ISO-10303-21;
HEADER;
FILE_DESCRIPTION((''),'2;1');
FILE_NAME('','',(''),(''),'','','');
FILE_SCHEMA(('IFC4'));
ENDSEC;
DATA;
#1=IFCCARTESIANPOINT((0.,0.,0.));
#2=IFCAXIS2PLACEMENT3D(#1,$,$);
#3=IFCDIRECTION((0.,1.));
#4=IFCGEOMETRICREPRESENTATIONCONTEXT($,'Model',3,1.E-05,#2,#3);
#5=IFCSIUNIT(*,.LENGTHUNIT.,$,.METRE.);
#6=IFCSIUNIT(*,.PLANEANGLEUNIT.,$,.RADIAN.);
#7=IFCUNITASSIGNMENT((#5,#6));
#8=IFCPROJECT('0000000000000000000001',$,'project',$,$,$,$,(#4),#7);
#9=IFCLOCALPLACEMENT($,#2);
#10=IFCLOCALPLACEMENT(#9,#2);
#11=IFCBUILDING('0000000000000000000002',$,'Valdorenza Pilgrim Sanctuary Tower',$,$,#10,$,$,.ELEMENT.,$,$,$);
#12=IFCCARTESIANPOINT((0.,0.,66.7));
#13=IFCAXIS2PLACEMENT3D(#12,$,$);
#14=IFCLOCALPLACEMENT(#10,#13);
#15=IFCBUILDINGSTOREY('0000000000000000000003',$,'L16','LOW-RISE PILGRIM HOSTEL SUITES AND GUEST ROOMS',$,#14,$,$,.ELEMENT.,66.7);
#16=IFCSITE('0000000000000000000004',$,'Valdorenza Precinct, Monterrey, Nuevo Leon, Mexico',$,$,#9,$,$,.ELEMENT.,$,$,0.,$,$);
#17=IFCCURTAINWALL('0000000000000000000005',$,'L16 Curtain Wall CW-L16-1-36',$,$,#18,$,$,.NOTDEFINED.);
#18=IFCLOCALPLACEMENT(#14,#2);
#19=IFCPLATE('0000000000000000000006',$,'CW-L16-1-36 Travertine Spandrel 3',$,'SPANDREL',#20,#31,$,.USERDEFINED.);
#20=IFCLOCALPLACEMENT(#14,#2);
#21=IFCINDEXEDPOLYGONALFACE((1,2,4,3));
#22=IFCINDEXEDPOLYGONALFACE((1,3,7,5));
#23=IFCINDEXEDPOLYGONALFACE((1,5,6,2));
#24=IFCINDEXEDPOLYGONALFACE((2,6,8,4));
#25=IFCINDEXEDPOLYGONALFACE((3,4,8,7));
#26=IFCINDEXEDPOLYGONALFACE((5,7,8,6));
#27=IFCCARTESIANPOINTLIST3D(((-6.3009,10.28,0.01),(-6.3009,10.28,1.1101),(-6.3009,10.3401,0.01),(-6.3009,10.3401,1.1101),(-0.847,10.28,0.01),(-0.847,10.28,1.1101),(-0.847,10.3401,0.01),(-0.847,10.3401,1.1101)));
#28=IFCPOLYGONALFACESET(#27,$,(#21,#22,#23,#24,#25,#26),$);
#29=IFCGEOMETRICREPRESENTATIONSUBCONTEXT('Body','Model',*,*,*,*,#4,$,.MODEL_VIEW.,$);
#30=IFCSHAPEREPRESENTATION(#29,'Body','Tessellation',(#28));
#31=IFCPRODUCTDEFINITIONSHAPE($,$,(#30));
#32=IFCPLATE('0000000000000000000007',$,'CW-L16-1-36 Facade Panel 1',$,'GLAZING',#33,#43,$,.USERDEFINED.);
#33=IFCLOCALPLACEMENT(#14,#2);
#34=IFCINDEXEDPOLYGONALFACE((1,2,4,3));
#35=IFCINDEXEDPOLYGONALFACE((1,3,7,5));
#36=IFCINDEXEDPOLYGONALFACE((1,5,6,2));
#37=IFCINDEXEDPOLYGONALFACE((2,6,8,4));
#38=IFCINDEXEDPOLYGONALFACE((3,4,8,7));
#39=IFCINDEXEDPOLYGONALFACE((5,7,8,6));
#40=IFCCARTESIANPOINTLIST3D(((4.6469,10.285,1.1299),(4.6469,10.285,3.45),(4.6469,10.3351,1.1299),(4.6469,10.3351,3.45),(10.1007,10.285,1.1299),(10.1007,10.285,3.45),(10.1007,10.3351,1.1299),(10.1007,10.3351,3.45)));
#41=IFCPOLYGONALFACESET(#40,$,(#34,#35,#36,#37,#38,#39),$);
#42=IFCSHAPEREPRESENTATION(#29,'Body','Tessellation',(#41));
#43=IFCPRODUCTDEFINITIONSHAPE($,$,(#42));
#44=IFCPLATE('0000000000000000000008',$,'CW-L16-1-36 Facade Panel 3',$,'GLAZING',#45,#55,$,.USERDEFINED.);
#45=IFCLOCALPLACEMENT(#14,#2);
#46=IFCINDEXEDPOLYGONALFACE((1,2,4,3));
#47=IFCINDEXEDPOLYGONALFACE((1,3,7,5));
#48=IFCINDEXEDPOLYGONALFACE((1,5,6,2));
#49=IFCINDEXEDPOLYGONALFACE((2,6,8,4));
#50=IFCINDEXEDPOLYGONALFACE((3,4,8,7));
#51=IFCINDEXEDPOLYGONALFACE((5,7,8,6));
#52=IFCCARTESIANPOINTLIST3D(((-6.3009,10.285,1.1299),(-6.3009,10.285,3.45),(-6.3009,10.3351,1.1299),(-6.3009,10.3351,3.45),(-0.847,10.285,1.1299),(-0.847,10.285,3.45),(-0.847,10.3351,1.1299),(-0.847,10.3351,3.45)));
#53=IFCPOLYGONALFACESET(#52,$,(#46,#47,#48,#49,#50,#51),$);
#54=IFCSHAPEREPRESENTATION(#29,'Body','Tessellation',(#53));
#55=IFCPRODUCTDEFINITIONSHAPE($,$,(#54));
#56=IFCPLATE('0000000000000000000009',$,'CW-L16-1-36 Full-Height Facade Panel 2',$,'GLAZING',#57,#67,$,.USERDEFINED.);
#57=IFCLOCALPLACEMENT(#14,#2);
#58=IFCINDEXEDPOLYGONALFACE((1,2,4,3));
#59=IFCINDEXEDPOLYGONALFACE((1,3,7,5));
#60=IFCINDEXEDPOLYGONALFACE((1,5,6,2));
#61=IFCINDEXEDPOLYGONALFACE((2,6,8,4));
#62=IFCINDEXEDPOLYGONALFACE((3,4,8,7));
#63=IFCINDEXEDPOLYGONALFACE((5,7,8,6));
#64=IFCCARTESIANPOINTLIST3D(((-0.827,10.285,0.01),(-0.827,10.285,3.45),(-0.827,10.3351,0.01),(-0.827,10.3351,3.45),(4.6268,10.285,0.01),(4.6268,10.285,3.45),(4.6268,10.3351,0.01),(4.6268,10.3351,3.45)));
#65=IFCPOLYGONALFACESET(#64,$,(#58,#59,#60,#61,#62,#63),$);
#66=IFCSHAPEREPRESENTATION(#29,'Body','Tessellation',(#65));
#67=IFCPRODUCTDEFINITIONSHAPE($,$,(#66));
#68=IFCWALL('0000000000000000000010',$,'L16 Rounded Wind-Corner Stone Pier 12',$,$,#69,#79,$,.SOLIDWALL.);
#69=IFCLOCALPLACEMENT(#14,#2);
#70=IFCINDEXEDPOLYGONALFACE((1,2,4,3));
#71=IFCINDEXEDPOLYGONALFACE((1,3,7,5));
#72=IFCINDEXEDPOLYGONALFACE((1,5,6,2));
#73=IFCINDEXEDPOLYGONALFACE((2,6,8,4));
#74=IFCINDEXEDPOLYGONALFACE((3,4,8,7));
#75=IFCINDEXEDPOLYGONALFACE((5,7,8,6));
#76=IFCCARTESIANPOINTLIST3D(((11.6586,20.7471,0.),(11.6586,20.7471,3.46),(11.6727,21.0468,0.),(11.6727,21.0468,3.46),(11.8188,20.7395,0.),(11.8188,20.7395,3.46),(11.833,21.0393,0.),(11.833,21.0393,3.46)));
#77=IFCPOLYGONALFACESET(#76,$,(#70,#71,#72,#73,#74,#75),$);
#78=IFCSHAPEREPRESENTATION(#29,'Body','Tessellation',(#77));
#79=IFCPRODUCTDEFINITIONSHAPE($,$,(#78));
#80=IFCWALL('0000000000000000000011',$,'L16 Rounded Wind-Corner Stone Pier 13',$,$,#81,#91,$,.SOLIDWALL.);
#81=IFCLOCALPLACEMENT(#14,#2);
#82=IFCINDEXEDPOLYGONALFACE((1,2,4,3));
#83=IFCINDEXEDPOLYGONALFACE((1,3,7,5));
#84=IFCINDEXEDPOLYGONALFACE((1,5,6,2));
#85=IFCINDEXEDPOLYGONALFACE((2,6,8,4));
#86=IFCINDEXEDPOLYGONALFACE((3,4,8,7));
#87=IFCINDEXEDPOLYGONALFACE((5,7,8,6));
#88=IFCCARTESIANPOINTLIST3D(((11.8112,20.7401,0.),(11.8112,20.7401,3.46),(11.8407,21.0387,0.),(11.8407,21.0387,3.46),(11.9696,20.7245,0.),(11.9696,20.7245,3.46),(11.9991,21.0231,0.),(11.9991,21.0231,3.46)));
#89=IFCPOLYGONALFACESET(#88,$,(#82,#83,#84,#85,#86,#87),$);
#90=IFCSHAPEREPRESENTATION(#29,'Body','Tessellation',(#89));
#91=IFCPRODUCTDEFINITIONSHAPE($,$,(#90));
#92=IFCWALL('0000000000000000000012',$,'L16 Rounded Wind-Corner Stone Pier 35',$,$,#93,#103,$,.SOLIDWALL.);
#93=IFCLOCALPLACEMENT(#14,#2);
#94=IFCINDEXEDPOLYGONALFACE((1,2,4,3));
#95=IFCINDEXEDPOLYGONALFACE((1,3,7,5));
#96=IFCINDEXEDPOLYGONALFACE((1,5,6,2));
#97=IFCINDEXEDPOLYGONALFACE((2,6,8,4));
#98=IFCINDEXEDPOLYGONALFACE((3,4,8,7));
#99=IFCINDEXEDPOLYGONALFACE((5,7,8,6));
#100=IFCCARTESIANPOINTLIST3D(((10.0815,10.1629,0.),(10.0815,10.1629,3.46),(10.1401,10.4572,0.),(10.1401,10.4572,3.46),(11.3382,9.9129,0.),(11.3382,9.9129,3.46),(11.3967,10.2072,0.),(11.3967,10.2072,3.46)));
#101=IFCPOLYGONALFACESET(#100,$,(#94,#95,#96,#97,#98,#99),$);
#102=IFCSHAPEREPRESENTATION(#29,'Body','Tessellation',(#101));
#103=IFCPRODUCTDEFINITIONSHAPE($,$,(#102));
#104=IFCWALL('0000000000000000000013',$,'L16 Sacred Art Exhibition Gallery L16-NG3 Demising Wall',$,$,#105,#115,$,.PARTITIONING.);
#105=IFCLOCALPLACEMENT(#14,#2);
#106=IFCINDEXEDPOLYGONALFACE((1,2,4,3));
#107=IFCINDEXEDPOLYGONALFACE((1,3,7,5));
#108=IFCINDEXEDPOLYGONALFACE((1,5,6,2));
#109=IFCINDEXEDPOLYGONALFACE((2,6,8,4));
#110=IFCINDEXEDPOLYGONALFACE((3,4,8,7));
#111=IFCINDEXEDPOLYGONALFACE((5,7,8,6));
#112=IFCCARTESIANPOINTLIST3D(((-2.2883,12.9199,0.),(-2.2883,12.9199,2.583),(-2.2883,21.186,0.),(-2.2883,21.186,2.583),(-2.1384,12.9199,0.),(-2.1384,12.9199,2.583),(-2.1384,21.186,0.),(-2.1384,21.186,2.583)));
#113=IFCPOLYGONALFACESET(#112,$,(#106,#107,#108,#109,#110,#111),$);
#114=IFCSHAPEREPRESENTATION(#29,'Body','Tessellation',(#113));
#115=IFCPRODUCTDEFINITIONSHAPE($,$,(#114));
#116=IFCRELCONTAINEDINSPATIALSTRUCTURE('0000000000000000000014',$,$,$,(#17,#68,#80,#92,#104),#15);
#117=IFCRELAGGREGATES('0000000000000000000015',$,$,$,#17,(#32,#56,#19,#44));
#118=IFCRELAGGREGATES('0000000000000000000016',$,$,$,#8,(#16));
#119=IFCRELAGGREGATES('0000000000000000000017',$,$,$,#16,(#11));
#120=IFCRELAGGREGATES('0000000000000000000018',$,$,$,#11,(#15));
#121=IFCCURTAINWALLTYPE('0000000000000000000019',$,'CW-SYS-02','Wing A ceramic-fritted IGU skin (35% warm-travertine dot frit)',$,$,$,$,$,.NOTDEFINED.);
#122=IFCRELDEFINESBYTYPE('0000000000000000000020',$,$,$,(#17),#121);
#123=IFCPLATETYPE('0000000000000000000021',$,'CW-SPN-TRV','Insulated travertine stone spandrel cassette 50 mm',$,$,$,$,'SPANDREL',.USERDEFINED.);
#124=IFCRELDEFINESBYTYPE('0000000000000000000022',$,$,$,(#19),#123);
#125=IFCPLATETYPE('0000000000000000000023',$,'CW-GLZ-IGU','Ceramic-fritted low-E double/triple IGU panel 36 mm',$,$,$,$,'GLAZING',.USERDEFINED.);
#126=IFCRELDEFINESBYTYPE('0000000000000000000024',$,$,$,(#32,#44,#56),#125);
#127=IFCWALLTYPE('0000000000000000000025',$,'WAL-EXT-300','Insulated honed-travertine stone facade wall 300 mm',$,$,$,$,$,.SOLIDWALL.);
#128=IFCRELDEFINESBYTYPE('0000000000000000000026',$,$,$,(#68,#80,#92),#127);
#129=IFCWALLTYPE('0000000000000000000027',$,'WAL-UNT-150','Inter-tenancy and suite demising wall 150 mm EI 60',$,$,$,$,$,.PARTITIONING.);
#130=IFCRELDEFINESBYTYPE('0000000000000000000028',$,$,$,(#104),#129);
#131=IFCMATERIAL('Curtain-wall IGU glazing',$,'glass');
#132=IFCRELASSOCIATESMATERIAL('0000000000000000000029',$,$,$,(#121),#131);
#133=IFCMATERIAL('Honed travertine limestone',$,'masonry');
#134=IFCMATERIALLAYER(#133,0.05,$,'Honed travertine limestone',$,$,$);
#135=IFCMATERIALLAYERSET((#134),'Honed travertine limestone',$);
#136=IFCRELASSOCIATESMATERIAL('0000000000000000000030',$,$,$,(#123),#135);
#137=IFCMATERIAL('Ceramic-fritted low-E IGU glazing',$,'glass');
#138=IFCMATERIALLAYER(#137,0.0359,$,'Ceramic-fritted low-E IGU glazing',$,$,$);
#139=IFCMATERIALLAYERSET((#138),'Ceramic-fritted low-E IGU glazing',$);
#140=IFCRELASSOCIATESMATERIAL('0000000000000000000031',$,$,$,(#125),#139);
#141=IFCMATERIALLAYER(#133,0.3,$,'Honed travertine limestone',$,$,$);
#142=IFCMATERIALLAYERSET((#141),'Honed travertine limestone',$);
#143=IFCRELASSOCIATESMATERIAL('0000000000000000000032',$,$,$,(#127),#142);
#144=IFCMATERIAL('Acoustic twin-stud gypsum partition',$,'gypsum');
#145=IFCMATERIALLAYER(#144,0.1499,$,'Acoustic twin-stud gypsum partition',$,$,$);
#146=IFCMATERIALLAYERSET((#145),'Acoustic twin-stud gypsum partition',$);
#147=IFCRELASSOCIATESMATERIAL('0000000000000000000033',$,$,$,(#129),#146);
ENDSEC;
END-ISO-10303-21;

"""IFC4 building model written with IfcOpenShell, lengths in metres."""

from ifc_helpers import new_model, si_unit, direction, frame, frame_2d, origin, origin_2d, place, context, subcontext, project, spatial, rectangle, extrude, source, transform, mapped, material, layer, layer_set, type_object, element, aggregate, save


model = new_model("IFC4")

# Units and contexts
model_context = context("Model", 3, precision=1e-05, world=origin(), true_north=direction((0.0, 1.0)))
body_context = subcontext(model_context, "Body", "Model", "MODEL_VIEW")
ifc_project = project(units=[si_unit("LENGTHUNIT", "METRE"), si_unit("PLANEANGLEUNIT", "RADIAN")], contexts=[model_context])

# Site, building, storey
site_placement = place(None, origin())
site = spatial("IfcSite", under=ifc_project, at=site_placement, Name="Valdorenza Precinct, Monterrey, Nuevo Leon, Mexico", CompositionType="ELEMENT", RefElevation=0.0)
building_placement = place(site_placement, origin())
building = spatial("IfcBuilding", under=site, at=building_placement, Name="Valdorenza Pilgrim Sanctuary Tower", CompositionType="ELEMENT")
storey_placement = place(building_placement, frame((0.0, 0.0, 66.7)))
storey = spatial("IfcBuildingStorey", under=building, at=storey_placement, Name="L16", Description="LOW-RISE PILGRIM HOSTEL SUITES AND GUEST ROOMS", CompositionType="ELEMENT", Elevation=66.7)

# Curtain wall
ifc_material_1 = material(Name="Curtain-wall IGU glazing", Category="glass")
curtain_wall_type = type_object("IfcCurtainWallType", Name="CW-SYS-02", Description="Wing A ceramic-fritted IGU skin (35% warm-travertine dot frit)", PredefinedType="NOTDEFINED", material=ifc_material_1)
curtain_wall_1_placement = place(storey_placement, origin())
curtain_wall_1 = element("IfcCurtainWall", 1, at=curtain_wall_1_placement, inside=storey, type_object=curtain_wall_type, Name="L16 Curtain Wall CW-L16-1-36", PredefinedType="NOTDEFINED")

# Plates
ifc_material_2 = material(Name="Honed travertine limestone", Category="masonry")
ifc_layer_1 = layer(ifc_material_2, 0.05, Name="Honed travertine limestone")
ifc_layer_set_1 = layer_set([ifc_layer_1], Name="Honed travertine limestone")
plate_type_1 = type_object("IfcPlateType", Name="CW-SPN-TRV", Description="Insulated travertine stone spandrel cassette 50 mm", ElementType="SPANDREL", PredefinedType="USERDEFINED", material=ifc_layer_set_1)
ifc_material_3 = material(Name="Ceramic-fritted low-E IGU glazing", Category="glass")
ifc_layer_2 = layer(ifc_material_3, 0.0359, Name="Ceramic-fritted low-E IGU glazing")
ifc_layer_set_2 = layer_set([ifc_layer_2], Name="Ceramic-fritted low-E IGU glazing")
plate_type_2 = type_object("IfcPlateType", Name="CW-GLZ-IGU", Description="Ceramic-fritted low-E double/triple IGU panel 36 mm", ElementType="GLAZING", PredefinedType="USERDEFINED", material=ifc_layer_set_2)
shared_shape_1 = source(origin(), body_context, "Body", "SweptSolid", [
    extrude(rectangle(XDim=5.4539, YDim=0.0601, at=origin_2d()), origin(), (0.0, 0.0, 1.0), 1.1001),
])
plate_1_placement = place(storey_placement, frame((-3.574, 10.3101, 0.01), z_axis=(0.0, 0.0, 1.0), x_axis=(-1.0, 0.0, 0.0)))
plate_1 = element("IfcPlate", 2, at=plate_1_placement, type_object=plate_type_1, Name="CW-L16-1-36 Travertine Spandrel 3", ObjectType="SPANDREL", PredefinedType="USERDEFINED", context=body_context, shape_type="MappedRepresentation", body=[
    mapped(shared_shape_1, transform((0.0, 0.0, 0.0), x_axis=(1.0, 0.0, 0.0), y_axis=(0.0, 1.0, 0.0), z_axis=(0.0, 0.0, 1.0), scale=1.0)),
])
shared_shape_2 = source(origin(), body_context, "Body", "SweptSolid", [
    extrude(rectangle(XDim=5.4539, YDim=0.05, at=origin_2d()), origin(), (0.0, 0.0, 1.0), 2.3201),
])
plate_2_placement = place(storey_placement, frame((7.3738, 10.3101, 1.1299), z_axis=(0.0, 0.0, 1.0), x_axis=(-1.0, 0.0, 0.0)))
plate_2 = element("IfcPlate", 3, at=plate_2_placement, type_object=plate_type_2, Name="CW-L16-1-36 Facade Panel 1", ObjectType="GLAZING", PredefinedType="USERDEFINED", context=body_context, shape_type="MappedRepresentation", body=[
    mapped(shared_shape_2, transform((0.0, 0.0, 0.0), x_axis=(1.0, 0.0, 0.0), y_axis=(0.0, 1.0, 0.0), z_axis=(0.0, 0.0, 1.0), scale=1.0)),
])
plate_3_placement = place(storey_placement, frame((-3.574, 10.3101, 1.1299), z_axis=(0.0, 0.0, 1.0), x_axis=(-1.0, 0.0, 0.0)))
plate_3 = element("IfcPlate", 4, at=plate_3_placement, type_object=plate_type_2, Name="CW-L16-1-36 Facade Panel 3", ObjectType="GLAZING", PredefinedType="USERDEFINED", context=body_context, shape_type="MappedRepresentation", body=[
    mapped(shared_shape_2, transform((0.0, 0.0, 0.0), x_axis=(1.0, 0.0, 0.0), y_axis=(0.0, 1.0, 0.0), z_axis=(0.0, 0.0, 1.0), scale=1.0)),
])
shared_shape_3 = source(origin(), body_context, "Body", "SweptSolid", [
    extrude(rectangle(XDim=5.4539, YDim=0.05, at=origin_2d()), origin(), (0.0, 0.0, 1.0), 3.4399),
])
plate_4_placement = place(storey_placement, frame((1.8999, 10.3101, 0.01), z_axis=(0.0, 0.0, 1.0), x_axis=(-1.0, 0.0, 0.0)))
plate_4 = element("IfcPlate", 5, at=plate_4_placement, type_object=plate_type_2, Name="CW-L16-1-36 Full-Height Facade Panel 2", ObjectType="GLAZING", PredefinedType="USERDEFINED", context=body_context, shape_type="MappedRepresentation", body=[
    mapped(shared_shape_3, transform((0.0, 0.0, 0.0), x_axis=(1.0, 0.0, 0.0), y_axis=(0.0, 1.0, 0.0), z_axis=(0.0, 0.0, 1.0), scale=1.0)),
])
aggregate(curtain_wall_1, [plate_2, plate_4, plate_1, plate_3])

# Walls
ifc_layer_3 = layer(ifc_material_2, 0.3, Name="Honed travertine limestone")
ifc_layer_set_3 = layer_set([ifc_layer_3], Name="Honed travertine limestone")
wall_type_1 = type_object("IfcWallType", Name="WAL-EXT-300", Description="Insulated honed-travertine stone facade wall 300 mm", PredefinedType="SOLIDWALL", material=ifc_layer_set_3)
wall_1_placement = place(storey_placement, frame((11.6658, 20.897, 0.0), z_axis=(0.0, 0.0, 1.0), x_axis=(0.998885, -0.047203, 0.0)))
element("IfcWall", 6, at=wall_1_placement, inside=storey, type_object=wall_type_1, Name="L16 Rounded Wind-Corner Stone Pier 12", PredefinedType="SOLIDWALL", context=body_context, shape_type="SweptSolid", body=[
    extrude(rectangle(XDim=0.1604, YDim=0.3, at=frame_2d((0.0801, 0.0))), origin(), (0.0, 0.0, 1.0), 3.46),
])
wall_2_placement = place(storey_placement, frame((11.8259, 20.8894, 0.0), z_axis=(0.0, 0.0, 1.0), x_axis=(0.995173, -0.098137, 0.0)))
element("IfcWall", 7, at=wall_2_placement, inside=storey, type_object=wall_type_1, Name="L16 Rounded Wind-Corner Stone Pier 13", PredefinedType="SOLIDWALL", context=body_context, shape_type="SweptSolid", body=[
    extrude(rectangle(XDim=0.1592, YDim=0.3, at=frame_2d((0.0796, 0.0))), origin(), (0.0, 0.0, 1.0), 3.46),
])
wall_3_placement = place(storey_placement, frame((11.3674, 10.0601, 0.0), z_axis=(0.0, 0.0, 1.0), x_axis=(-0.980778, 0.195127, 0.0)))
element("IfcWall", 8, at=wall_3_placement, inside=storey, type_object=wall_type_1, Name="L16 Rounded Wind-Corner Stone Pier 35", PredefinedType="SOLIDWALL", context=body_context, shape_type="SweptSolid", body=[
    extrude(rectangle(XDim=1.2812, YDim=0.3, at=frame_2d((0.6406, 0.0))), origin(), (0.0, 0.0, 1.0), 3.46),
])
ifc_material_4 = material(Name="Acoustic twin-stud gypsum partition", Category="gypsum")
ifc_layer_4 = layer(ifc_material_4, 0.1499, Name="Acoustic twin-stud gypsum partition")
ifc_layer_set_4 = layer_set([ifc_layer_4], Name="Acoustic twin-stud gypsum partition")
wall_type_2 = type_object("IfcWallType", Name="WAL-UNT-150", Description="Inter-tenancy and suite demising wall 150 mm EI 60", PredefinedType="PARTITIONING", material=ifc_layer_set_4)
wall_4_placement = place(storey_placement, frame((-2.2134, 12.9199, 0.0), z_axis=(0.0, 0.0, 1.0), x_axis=(0.0, 1.0, 0.0)))
element("IfcWall", 9, at=wall_4_placement, inside=storey, type_object=wall_type_2, Name="L16 Sacred Art Exhibition Gallery L16-NG3 Demising Wall", PredefinedType="PARTITIONING", context=body_context, shape_type="SweptSolid", body=[
    extrude(rectangle(XDim=8.2661, YDim=0.1499, at=frame_2d((4.1331, 0.0))), origin(), (0.0, 0.0, 1.0), 2.583),
])

save(model, "model.ifc")
